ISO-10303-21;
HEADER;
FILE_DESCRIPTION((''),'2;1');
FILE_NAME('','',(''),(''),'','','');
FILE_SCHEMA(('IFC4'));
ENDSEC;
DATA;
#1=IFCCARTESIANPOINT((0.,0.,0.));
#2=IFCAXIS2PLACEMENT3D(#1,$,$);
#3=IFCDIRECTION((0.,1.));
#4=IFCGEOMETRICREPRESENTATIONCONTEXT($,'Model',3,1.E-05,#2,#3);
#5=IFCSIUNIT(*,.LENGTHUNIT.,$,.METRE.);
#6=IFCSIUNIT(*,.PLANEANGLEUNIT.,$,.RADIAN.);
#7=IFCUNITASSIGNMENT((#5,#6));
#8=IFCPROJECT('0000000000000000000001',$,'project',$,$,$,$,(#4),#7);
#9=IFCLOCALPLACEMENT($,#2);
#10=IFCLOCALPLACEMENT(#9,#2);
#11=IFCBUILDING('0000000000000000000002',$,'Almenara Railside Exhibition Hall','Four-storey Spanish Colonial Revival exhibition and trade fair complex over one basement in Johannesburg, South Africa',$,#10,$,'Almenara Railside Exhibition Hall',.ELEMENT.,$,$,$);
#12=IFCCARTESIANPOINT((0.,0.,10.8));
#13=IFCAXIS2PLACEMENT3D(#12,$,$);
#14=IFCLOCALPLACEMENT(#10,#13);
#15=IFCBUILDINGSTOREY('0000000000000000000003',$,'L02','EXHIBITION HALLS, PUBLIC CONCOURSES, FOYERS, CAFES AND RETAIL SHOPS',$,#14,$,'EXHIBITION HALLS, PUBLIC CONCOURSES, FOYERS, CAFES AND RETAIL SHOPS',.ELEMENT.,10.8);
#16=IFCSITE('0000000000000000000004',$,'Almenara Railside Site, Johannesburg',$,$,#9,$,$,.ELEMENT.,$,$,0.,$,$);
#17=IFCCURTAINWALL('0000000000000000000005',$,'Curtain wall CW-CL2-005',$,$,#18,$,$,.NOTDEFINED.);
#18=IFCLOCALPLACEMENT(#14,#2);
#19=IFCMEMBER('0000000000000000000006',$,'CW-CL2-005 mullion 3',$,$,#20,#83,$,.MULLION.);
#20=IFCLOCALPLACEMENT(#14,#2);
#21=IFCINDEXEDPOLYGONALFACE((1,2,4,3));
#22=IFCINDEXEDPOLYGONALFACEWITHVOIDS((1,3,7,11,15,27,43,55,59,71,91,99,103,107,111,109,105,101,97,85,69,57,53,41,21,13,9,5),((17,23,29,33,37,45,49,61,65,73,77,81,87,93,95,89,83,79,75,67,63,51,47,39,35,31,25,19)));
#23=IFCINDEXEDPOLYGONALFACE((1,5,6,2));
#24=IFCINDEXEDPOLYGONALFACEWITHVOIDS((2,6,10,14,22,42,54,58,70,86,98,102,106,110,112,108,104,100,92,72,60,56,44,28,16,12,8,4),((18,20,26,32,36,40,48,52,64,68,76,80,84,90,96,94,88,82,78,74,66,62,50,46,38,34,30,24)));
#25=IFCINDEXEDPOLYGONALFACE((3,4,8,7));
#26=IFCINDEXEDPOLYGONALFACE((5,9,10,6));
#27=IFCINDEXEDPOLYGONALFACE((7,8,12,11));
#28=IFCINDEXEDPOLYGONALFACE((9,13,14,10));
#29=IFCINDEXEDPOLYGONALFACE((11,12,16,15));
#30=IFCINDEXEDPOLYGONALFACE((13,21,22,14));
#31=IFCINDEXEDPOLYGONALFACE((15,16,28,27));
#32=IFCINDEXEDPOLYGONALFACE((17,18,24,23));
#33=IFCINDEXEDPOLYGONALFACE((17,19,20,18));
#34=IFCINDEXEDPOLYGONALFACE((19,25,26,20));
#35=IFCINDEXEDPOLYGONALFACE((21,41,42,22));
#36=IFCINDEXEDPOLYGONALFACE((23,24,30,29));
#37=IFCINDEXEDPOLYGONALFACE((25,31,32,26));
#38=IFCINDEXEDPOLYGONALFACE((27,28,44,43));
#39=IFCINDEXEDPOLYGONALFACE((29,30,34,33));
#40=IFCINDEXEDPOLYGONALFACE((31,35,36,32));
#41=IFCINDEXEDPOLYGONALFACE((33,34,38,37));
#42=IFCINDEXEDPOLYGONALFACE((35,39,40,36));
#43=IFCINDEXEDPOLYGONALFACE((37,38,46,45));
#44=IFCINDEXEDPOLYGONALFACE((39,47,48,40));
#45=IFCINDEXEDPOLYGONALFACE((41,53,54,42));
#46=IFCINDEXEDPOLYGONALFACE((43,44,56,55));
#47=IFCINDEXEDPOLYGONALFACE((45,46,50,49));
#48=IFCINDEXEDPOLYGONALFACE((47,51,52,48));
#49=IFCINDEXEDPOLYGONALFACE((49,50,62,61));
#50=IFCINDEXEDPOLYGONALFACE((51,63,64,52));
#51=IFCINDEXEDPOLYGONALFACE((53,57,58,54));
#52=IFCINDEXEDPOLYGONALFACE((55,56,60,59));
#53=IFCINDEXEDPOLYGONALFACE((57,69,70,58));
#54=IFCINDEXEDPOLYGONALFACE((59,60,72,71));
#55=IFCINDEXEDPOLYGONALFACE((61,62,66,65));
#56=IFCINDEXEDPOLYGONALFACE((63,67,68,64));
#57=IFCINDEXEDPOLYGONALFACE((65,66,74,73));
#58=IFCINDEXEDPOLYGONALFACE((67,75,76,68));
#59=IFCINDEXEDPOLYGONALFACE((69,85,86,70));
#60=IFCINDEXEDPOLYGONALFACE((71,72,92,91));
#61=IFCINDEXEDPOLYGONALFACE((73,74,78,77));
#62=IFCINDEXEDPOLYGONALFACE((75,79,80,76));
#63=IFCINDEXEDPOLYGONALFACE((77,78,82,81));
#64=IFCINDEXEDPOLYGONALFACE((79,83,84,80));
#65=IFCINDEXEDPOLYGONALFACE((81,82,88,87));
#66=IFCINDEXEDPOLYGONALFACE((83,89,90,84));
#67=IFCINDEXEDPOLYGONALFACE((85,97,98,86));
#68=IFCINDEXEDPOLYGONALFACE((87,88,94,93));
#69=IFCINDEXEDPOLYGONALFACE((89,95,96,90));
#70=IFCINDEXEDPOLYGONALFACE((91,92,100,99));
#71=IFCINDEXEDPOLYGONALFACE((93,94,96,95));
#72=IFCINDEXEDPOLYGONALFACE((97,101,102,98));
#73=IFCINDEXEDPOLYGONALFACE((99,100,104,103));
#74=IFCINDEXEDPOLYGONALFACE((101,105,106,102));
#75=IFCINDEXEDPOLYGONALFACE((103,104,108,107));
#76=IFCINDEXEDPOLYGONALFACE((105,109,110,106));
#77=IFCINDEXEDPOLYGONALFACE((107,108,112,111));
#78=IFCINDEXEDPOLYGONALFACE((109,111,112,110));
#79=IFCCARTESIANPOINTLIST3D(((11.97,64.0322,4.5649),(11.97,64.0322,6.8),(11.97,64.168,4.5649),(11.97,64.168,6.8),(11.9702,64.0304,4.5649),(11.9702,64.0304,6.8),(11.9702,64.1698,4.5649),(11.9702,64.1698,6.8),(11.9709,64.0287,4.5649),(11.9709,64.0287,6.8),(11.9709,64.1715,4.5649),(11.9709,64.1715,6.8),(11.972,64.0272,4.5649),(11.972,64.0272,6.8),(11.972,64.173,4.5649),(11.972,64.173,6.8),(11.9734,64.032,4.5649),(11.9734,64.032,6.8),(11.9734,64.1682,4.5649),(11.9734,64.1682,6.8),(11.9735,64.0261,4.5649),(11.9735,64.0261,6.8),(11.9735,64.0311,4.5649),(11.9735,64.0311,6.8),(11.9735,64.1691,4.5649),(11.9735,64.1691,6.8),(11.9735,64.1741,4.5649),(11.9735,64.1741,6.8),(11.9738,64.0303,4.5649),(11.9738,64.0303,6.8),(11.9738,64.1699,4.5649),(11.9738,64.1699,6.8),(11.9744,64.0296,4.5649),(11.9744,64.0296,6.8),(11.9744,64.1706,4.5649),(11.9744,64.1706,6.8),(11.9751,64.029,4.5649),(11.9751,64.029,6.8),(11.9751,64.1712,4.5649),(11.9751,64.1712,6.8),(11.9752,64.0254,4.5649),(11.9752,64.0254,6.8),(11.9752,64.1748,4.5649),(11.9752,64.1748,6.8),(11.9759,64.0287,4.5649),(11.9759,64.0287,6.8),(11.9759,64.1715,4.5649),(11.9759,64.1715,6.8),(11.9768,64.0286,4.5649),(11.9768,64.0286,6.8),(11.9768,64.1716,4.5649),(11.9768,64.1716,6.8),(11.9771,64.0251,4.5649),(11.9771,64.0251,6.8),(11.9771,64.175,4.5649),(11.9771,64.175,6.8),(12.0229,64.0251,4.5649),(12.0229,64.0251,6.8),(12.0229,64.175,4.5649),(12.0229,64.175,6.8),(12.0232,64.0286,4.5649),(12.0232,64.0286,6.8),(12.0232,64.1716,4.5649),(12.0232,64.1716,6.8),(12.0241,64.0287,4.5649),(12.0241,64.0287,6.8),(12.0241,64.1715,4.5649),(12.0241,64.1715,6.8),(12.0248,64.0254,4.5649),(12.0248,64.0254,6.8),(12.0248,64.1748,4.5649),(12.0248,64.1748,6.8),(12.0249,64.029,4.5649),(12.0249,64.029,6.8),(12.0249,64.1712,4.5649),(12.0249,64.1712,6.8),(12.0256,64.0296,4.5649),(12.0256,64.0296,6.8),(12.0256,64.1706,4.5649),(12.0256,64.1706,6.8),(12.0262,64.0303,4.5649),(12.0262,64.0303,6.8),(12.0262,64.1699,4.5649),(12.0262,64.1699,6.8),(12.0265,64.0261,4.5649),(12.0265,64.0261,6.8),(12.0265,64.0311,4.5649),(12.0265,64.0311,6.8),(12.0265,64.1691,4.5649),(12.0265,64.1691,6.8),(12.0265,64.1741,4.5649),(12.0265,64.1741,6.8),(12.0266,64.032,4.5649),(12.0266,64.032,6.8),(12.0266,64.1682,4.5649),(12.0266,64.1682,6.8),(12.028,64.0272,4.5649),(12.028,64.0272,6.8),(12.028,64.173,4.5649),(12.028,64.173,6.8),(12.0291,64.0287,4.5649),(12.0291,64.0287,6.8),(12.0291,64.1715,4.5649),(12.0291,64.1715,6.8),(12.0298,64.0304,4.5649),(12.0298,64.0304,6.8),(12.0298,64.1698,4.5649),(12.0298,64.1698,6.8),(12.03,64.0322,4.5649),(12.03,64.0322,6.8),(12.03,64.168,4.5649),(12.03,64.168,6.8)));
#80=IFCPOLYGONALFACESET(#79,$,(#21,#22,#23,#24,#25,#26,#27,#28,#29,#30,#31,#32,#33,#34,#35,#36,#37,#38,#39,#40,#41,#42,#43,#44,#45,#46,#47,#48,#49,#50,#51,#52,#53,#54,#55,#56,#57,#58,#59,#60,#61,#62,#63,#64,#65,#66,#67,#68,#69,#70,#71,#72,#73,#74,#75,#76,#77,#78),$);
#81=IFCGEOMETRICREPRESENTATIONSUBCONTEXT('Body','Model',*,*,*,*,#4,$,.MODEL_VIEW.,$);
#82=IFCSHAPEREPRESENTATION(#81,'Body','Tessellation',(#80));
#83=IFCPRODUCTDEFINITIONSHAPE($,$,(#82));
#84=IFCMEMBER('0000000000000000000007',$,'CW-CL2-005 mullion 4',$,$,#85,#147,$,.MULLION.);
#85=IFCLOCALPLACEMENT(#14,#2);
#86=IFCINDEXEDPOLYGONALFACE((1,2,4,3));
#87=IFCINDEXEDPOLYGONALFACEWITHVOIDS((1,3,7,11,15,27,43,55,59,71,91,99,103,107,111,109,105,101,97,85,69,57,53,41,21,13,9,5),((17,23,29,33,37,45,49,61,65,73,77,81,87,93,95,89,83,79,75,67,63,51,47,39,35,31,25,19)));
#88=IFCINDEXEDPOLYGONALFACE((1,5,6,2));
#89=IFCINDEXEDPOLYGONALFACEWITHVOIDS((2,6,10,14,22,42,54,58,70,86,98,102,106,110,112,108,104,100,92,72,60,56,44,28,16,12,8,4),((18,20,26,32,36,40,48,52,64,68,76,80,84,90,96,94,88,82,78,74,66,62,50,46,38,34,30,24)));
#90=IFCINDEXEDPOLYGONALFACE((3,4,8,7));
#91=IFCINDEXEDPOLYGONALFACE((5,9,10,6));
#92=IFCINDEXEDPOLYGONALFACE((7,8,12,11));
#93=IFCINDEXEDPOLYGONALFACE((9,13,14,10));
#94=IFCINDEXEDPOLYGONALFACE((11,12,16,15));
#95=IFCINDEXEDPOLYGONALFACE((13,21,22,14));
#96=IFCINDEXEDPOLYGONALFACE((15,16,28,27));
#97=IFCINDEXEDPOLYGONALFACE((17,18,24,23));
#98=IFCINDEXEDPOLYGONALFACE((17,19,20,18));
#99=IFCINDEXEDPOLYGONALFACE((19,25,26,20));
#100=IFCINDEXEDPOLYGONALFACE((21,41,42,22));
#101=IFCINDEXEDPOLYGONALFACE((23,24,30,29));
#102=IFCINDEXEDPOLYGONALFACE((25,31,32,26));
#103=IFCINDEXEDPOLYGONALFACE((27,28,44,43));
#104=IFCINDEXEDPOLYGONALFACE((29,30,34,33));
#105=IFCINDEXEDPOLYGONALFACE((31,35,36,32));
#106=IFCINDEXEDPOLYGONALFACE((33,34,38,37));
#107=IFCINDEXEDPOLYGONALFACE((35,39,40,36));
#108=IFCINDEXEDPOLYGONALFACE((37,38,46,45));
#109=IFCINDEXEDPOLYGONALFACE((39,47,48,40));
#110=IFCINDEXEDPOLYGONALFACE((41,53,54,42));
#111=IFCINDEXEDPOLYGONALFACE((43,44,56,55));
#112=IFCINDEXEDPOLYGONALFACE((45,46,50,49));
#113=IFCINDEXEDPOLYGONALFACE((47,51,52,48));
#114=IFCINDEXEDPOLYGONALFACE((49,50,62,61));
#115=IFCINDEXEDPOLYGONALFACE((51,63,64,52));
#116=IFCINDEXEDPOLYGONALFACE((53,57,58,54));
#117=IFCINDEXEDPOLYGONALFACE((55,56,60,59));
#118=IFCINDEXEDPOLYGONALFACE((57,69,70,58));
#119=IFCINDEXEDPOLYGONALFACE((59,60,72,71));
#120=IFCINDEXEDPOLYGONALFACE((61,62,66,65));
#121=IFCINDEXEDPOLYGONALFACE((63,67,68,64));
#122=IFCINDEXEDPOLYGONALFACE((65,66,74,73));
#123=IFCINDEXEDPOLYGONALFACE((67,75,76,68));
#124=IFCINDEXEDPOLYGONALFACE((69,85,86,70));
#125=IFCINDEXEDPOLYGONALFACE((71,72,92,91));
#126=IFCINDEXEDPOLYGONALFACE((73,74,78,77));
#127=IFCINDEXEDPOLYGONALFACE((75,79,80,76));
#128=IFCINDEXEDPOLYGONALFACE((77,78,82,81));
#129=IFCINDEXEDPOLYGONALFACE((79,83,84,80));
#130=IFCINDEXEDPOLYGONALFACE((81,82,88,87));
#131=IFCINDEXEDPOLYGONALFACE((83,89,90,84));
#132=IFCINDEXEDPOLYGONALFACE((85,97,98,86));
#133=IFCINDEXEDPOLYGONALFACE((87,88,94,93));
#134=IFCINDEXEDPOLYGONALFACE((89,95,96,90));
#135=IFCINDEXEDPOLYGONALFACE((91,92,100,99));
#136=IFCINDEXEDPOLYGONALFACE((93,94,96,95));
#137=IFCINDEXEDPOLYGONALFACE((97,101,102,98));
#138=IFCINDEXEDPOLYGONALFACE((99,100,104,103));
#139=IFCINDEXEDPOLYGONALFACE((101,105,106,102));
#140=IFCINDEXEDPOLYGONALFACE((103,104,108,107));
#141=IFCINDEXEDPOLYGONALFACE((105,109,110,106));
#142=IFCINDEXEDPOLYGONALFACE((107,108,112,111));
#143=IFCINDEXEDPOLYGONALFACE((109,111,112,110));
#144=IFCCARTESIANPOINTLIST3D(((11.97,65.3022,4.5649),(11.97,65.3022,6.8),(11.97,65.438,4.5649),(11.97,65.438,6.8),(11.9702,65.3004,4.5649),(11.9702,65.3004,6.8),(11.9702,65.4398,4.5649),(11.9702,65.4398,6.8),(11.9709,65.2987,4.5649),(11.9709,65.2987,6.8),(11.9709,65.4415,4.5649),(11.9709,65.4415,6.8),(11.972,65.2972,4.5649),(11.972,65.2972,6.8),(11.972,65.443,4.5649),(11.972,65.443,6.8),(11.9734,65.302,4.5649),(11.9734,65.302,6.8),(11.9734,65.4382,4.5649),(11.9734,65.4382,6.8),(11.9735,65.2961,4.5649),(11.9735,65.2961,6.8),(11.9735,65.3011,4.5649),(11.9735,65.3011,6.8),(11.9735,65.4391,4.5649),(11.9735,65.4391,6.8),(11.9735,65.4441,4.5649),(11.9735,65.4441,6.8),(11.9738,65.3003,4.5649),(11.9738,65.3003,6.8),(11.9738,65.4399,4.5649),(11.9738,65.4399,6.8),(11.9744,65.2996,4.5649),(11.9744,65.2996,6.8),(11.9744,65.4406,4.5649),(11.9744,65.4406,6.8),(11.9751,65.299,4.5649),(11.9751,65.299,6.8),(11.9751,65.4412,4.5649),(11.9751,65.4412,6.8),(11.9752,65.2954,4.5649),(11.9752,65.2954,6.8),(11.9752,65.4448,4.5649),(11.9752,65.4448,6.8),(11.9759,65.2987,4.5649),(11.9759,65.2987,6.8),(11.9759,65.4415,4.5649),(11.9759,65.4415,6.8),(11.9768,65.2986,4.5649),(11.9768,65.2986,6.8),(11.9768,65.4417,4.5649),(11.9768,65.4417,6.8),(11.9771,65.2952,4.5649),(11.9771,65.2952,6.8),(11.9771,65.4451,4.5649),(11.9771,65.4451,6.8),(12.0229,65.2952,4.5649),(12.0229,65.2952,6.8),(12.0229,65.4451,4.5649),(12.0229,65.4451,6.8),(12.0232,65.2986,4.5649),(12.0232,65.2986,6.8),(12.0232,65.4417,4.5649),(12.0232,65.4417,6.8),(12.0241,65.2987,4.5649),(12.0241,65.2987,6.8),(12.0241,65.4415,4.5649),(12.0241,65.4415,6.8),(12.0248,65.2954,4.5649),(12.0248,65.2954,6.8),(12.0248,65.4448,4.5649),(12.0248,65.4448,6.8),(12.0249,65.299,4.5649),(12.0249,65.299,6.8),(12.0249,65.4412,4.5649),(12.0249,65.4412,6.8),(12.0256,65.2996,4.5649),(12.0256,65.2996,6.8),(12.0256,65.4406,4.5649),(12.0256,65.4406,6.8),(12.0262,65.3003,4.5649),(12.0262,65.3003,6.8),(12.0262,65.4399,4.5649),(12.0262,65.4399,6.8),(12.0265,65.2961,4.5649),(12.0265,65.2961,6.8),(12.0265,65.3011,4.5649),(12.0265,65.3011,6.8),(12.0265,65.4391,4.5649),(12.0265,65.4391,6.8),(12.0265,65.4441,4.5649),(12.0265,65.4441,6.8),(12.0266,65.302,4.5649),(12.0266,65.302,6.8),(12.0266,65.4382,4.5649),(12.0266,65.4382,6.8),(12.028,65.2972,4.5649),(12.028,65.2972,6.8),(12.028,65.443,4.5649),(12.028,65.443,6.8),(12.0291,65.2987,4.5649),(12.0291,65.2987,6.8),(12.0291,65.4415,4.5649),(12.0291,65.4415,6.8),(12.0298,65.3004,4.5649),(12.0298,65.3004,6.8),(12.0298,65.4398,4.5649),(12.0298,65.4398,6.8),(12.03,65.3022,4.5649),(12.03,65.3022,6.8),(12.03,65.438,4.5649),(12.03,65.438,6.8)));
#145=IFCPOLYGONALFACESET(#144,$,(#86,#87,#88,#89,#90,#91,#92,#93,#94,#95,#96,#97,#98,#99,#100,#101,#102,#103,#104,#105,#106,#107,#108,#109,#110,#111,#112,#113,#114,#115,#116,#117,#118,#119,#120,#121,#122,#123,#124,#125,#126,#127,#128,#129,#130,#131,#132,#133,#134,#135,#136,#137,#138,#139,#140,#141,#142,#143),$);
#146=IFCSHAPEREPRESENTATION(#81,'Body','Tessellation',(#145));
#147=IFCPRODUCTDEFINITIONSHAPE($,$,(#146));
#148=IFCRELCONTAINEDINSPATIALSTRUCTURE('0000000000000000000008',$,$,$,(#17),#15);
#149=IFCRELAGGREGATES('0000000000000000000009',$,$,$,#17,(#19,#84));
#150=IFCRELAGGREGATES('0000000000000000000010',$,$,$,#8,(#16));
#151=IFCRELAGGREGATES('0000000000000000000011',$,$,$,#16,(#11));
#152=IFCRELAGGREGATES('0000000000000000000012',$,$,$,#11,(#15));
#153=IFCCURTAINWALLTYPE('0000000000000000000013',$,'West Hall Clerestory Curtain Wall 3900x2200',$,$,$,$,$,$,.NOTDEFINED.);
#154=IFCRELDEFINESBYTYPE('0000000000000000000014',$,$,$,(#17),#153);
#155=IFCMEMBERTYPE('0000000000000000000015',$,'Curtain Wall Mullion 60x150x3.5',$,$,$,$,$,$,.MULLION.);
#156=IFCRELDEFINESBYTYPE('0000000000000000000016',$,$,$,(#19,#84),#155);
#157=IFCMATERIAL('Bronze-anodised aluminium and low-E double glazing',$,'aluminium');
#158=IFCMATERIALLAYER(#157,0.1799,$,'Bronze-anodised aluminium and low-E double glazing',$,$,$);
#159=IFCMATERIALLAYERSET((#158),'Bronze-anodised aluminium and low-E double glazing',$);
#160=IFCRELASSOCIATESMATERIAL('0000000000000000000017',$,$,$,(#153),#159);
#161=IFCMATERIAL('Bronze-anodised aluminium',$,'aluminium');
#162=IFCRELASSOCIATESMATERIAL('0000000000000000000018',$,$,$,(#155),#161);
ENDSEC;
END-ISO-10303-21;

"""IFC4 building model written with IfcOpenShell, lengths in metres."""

from ifc_helpers import new_model, si_unit, direction, frame, origin, origin_2d, place, context, subcontext, project, spatial, hollow_rectangle, extrude, material, layer, layer_set, material_profile, profile_set, type_object, element, aggregate, save


model = new_model("IFC4")

# Units and contexts
model_context = context("Model", 3, precision=1e-05, world=origin(), true_north=direction((0.0, 1.0)))
body_context = subcontext(model_context, "Body", "Model", "MODEL_VIEW")
ifc_project = project(units=[si_unit("LENGTHUNIT", "METRE"), si_unit("PLANEANGLEUNIT", "RADIAN")], contexts=[model_context])

# Site, building, storey
site_placement = place(None, origin())
site = spatial("IfcSite", under=ifc_project, at=site_placement, Name="Almenara Railside Site, Johannesburg", CompositionType="ELEMENT", RefElevation=0.0)
building_placement = place(site_placement, origin())
building = spatial("IfcBuilding", under=site, at=building_placement, Name="Almenara Railside Exhibition Hall", Description="Four-storey Spanish Colonial Revival exhibition and trade fair complex over one basement in Johannesburg, South Africa", LongName="Almenara Railside Exhibition Hall", CompositionType="ELEMENT")
storey_placement = place(building_placement, frame((0.0, 0.0, 10.8)))
storey = spatial("IfcBuildingStorey", under=building, at=storey_placement, Name="L02", Description="EXHIBITION HALLS, PUBLIC CONCOURSES, FOYERS, CAFES AND RETAIL SHOPS", LongName="EXHIBITION HALLS, PUBLIC CONCOURSES, FOYERS, CAFES AND RETAIL SHOPS", CompositionType="ELEMENT", Elevation=10.8)

# Curtain wall, members
ifc_material_1 = material(Name="Bronze-anodised aluminium and low-E double glazing", Category="aluminium")
ifc_layer_1 = layer(ifc_material_1, 0.1799, Name="Bronze-anodised aluminium and low-E double glazing")
ifc_layer_set_1 = layer_set([ifc_layer_1], Name="Bronze-anodised aluminium and low-E double glazing")
curtain_wall_type = type_object("IfcCurtainWallType", Name="West Hall Clerestory Curtain Wall 3900x2200", PredefinedType="NOTDEFINED", material=ifc_layer_set_1)
ifc_material_2 = material(Name="Bronze-anodised aluminium", Category="aluminium")
curtain_wall_1_placement = place(storey_placement, origin())
curtain_wall_1 = element("IfcCurtainWall", 1, at=curtain_wall_1_placement, inside=storey, type_object=curtain_wall_type, Name="Curtain wall CW-CL2-005", PredefinedType="NOTDEFINED")
ifc_material_profile_1 = material_profile(ifc_material_2, hollow_rectangle(XDim=0.0601, YDim=0.1499, WallThickness=0.0034, InnerFilletRadius=0.0034, OuterFilletRadius=0.0071, at=origin_2d()), Name="ALU-MUL 60x150x3.5")
ifc_profile_set_1 = profile_set([ifc_material_profile_1], Name="Bronze-anodised aluminium")
member_type_1 = type_object("IfcMemberType", Name="Curtain Wall Mullion 60x150x3.5", PredefinedType="MULLION", material=ifc_profile_set_1)
member_1_placement = place(storey_placement, frame((12.0, 64.1001, 4.5649), z_axis=(0.0, 0.0, 1.0), x_axis=(-1.0, 0.0, 0.0)))
member_1 = element("IfcMember", 2, at=member_1_placement, type_object=member_type_1, Name="CW-CL2-005 mullion 3", PredefinedType="MULLION", context=body_context, shape_type="SweptSolid", body=[
    extrude(hollow_rectangle(XDim=0.0601, YDim=0.1499, WallThickness=0.0034, InnerFilletRadius=0.0034, OuterFilletRadius=0.0071, at=origin_2d()), origin(), (0.0, 0.0, 1.0), 2.2351),
])
member_2_placement = place(storey_placement, frame((12.0, 65.3701, 4.5649), z_axis=(0.0, 0.0, 1.0), x_axis=(-1.0, 0.0, 0.0)))
member_2 = element("IfcMember", 3, at=member_2_placement, type_object=member_type_1, Name="CW-CL2-005 mullion 4", PredefinedType="MULLION", context=body_context, shape_type="SweptSolid", body=[
    extrude(hollow_rectangle(XDim=0.0601, YDim=0.1499, WallThickness=0.0034, InnerFilletRadius=0.0034, OuterFilletRadius=0.0071, at=origin_2d()), origin(), (0.0, 0.0, 1.0), 2.2351),
])

aggregate(curtain_wall_1, [member_1, member_2])

save(model, "model.ifc")
